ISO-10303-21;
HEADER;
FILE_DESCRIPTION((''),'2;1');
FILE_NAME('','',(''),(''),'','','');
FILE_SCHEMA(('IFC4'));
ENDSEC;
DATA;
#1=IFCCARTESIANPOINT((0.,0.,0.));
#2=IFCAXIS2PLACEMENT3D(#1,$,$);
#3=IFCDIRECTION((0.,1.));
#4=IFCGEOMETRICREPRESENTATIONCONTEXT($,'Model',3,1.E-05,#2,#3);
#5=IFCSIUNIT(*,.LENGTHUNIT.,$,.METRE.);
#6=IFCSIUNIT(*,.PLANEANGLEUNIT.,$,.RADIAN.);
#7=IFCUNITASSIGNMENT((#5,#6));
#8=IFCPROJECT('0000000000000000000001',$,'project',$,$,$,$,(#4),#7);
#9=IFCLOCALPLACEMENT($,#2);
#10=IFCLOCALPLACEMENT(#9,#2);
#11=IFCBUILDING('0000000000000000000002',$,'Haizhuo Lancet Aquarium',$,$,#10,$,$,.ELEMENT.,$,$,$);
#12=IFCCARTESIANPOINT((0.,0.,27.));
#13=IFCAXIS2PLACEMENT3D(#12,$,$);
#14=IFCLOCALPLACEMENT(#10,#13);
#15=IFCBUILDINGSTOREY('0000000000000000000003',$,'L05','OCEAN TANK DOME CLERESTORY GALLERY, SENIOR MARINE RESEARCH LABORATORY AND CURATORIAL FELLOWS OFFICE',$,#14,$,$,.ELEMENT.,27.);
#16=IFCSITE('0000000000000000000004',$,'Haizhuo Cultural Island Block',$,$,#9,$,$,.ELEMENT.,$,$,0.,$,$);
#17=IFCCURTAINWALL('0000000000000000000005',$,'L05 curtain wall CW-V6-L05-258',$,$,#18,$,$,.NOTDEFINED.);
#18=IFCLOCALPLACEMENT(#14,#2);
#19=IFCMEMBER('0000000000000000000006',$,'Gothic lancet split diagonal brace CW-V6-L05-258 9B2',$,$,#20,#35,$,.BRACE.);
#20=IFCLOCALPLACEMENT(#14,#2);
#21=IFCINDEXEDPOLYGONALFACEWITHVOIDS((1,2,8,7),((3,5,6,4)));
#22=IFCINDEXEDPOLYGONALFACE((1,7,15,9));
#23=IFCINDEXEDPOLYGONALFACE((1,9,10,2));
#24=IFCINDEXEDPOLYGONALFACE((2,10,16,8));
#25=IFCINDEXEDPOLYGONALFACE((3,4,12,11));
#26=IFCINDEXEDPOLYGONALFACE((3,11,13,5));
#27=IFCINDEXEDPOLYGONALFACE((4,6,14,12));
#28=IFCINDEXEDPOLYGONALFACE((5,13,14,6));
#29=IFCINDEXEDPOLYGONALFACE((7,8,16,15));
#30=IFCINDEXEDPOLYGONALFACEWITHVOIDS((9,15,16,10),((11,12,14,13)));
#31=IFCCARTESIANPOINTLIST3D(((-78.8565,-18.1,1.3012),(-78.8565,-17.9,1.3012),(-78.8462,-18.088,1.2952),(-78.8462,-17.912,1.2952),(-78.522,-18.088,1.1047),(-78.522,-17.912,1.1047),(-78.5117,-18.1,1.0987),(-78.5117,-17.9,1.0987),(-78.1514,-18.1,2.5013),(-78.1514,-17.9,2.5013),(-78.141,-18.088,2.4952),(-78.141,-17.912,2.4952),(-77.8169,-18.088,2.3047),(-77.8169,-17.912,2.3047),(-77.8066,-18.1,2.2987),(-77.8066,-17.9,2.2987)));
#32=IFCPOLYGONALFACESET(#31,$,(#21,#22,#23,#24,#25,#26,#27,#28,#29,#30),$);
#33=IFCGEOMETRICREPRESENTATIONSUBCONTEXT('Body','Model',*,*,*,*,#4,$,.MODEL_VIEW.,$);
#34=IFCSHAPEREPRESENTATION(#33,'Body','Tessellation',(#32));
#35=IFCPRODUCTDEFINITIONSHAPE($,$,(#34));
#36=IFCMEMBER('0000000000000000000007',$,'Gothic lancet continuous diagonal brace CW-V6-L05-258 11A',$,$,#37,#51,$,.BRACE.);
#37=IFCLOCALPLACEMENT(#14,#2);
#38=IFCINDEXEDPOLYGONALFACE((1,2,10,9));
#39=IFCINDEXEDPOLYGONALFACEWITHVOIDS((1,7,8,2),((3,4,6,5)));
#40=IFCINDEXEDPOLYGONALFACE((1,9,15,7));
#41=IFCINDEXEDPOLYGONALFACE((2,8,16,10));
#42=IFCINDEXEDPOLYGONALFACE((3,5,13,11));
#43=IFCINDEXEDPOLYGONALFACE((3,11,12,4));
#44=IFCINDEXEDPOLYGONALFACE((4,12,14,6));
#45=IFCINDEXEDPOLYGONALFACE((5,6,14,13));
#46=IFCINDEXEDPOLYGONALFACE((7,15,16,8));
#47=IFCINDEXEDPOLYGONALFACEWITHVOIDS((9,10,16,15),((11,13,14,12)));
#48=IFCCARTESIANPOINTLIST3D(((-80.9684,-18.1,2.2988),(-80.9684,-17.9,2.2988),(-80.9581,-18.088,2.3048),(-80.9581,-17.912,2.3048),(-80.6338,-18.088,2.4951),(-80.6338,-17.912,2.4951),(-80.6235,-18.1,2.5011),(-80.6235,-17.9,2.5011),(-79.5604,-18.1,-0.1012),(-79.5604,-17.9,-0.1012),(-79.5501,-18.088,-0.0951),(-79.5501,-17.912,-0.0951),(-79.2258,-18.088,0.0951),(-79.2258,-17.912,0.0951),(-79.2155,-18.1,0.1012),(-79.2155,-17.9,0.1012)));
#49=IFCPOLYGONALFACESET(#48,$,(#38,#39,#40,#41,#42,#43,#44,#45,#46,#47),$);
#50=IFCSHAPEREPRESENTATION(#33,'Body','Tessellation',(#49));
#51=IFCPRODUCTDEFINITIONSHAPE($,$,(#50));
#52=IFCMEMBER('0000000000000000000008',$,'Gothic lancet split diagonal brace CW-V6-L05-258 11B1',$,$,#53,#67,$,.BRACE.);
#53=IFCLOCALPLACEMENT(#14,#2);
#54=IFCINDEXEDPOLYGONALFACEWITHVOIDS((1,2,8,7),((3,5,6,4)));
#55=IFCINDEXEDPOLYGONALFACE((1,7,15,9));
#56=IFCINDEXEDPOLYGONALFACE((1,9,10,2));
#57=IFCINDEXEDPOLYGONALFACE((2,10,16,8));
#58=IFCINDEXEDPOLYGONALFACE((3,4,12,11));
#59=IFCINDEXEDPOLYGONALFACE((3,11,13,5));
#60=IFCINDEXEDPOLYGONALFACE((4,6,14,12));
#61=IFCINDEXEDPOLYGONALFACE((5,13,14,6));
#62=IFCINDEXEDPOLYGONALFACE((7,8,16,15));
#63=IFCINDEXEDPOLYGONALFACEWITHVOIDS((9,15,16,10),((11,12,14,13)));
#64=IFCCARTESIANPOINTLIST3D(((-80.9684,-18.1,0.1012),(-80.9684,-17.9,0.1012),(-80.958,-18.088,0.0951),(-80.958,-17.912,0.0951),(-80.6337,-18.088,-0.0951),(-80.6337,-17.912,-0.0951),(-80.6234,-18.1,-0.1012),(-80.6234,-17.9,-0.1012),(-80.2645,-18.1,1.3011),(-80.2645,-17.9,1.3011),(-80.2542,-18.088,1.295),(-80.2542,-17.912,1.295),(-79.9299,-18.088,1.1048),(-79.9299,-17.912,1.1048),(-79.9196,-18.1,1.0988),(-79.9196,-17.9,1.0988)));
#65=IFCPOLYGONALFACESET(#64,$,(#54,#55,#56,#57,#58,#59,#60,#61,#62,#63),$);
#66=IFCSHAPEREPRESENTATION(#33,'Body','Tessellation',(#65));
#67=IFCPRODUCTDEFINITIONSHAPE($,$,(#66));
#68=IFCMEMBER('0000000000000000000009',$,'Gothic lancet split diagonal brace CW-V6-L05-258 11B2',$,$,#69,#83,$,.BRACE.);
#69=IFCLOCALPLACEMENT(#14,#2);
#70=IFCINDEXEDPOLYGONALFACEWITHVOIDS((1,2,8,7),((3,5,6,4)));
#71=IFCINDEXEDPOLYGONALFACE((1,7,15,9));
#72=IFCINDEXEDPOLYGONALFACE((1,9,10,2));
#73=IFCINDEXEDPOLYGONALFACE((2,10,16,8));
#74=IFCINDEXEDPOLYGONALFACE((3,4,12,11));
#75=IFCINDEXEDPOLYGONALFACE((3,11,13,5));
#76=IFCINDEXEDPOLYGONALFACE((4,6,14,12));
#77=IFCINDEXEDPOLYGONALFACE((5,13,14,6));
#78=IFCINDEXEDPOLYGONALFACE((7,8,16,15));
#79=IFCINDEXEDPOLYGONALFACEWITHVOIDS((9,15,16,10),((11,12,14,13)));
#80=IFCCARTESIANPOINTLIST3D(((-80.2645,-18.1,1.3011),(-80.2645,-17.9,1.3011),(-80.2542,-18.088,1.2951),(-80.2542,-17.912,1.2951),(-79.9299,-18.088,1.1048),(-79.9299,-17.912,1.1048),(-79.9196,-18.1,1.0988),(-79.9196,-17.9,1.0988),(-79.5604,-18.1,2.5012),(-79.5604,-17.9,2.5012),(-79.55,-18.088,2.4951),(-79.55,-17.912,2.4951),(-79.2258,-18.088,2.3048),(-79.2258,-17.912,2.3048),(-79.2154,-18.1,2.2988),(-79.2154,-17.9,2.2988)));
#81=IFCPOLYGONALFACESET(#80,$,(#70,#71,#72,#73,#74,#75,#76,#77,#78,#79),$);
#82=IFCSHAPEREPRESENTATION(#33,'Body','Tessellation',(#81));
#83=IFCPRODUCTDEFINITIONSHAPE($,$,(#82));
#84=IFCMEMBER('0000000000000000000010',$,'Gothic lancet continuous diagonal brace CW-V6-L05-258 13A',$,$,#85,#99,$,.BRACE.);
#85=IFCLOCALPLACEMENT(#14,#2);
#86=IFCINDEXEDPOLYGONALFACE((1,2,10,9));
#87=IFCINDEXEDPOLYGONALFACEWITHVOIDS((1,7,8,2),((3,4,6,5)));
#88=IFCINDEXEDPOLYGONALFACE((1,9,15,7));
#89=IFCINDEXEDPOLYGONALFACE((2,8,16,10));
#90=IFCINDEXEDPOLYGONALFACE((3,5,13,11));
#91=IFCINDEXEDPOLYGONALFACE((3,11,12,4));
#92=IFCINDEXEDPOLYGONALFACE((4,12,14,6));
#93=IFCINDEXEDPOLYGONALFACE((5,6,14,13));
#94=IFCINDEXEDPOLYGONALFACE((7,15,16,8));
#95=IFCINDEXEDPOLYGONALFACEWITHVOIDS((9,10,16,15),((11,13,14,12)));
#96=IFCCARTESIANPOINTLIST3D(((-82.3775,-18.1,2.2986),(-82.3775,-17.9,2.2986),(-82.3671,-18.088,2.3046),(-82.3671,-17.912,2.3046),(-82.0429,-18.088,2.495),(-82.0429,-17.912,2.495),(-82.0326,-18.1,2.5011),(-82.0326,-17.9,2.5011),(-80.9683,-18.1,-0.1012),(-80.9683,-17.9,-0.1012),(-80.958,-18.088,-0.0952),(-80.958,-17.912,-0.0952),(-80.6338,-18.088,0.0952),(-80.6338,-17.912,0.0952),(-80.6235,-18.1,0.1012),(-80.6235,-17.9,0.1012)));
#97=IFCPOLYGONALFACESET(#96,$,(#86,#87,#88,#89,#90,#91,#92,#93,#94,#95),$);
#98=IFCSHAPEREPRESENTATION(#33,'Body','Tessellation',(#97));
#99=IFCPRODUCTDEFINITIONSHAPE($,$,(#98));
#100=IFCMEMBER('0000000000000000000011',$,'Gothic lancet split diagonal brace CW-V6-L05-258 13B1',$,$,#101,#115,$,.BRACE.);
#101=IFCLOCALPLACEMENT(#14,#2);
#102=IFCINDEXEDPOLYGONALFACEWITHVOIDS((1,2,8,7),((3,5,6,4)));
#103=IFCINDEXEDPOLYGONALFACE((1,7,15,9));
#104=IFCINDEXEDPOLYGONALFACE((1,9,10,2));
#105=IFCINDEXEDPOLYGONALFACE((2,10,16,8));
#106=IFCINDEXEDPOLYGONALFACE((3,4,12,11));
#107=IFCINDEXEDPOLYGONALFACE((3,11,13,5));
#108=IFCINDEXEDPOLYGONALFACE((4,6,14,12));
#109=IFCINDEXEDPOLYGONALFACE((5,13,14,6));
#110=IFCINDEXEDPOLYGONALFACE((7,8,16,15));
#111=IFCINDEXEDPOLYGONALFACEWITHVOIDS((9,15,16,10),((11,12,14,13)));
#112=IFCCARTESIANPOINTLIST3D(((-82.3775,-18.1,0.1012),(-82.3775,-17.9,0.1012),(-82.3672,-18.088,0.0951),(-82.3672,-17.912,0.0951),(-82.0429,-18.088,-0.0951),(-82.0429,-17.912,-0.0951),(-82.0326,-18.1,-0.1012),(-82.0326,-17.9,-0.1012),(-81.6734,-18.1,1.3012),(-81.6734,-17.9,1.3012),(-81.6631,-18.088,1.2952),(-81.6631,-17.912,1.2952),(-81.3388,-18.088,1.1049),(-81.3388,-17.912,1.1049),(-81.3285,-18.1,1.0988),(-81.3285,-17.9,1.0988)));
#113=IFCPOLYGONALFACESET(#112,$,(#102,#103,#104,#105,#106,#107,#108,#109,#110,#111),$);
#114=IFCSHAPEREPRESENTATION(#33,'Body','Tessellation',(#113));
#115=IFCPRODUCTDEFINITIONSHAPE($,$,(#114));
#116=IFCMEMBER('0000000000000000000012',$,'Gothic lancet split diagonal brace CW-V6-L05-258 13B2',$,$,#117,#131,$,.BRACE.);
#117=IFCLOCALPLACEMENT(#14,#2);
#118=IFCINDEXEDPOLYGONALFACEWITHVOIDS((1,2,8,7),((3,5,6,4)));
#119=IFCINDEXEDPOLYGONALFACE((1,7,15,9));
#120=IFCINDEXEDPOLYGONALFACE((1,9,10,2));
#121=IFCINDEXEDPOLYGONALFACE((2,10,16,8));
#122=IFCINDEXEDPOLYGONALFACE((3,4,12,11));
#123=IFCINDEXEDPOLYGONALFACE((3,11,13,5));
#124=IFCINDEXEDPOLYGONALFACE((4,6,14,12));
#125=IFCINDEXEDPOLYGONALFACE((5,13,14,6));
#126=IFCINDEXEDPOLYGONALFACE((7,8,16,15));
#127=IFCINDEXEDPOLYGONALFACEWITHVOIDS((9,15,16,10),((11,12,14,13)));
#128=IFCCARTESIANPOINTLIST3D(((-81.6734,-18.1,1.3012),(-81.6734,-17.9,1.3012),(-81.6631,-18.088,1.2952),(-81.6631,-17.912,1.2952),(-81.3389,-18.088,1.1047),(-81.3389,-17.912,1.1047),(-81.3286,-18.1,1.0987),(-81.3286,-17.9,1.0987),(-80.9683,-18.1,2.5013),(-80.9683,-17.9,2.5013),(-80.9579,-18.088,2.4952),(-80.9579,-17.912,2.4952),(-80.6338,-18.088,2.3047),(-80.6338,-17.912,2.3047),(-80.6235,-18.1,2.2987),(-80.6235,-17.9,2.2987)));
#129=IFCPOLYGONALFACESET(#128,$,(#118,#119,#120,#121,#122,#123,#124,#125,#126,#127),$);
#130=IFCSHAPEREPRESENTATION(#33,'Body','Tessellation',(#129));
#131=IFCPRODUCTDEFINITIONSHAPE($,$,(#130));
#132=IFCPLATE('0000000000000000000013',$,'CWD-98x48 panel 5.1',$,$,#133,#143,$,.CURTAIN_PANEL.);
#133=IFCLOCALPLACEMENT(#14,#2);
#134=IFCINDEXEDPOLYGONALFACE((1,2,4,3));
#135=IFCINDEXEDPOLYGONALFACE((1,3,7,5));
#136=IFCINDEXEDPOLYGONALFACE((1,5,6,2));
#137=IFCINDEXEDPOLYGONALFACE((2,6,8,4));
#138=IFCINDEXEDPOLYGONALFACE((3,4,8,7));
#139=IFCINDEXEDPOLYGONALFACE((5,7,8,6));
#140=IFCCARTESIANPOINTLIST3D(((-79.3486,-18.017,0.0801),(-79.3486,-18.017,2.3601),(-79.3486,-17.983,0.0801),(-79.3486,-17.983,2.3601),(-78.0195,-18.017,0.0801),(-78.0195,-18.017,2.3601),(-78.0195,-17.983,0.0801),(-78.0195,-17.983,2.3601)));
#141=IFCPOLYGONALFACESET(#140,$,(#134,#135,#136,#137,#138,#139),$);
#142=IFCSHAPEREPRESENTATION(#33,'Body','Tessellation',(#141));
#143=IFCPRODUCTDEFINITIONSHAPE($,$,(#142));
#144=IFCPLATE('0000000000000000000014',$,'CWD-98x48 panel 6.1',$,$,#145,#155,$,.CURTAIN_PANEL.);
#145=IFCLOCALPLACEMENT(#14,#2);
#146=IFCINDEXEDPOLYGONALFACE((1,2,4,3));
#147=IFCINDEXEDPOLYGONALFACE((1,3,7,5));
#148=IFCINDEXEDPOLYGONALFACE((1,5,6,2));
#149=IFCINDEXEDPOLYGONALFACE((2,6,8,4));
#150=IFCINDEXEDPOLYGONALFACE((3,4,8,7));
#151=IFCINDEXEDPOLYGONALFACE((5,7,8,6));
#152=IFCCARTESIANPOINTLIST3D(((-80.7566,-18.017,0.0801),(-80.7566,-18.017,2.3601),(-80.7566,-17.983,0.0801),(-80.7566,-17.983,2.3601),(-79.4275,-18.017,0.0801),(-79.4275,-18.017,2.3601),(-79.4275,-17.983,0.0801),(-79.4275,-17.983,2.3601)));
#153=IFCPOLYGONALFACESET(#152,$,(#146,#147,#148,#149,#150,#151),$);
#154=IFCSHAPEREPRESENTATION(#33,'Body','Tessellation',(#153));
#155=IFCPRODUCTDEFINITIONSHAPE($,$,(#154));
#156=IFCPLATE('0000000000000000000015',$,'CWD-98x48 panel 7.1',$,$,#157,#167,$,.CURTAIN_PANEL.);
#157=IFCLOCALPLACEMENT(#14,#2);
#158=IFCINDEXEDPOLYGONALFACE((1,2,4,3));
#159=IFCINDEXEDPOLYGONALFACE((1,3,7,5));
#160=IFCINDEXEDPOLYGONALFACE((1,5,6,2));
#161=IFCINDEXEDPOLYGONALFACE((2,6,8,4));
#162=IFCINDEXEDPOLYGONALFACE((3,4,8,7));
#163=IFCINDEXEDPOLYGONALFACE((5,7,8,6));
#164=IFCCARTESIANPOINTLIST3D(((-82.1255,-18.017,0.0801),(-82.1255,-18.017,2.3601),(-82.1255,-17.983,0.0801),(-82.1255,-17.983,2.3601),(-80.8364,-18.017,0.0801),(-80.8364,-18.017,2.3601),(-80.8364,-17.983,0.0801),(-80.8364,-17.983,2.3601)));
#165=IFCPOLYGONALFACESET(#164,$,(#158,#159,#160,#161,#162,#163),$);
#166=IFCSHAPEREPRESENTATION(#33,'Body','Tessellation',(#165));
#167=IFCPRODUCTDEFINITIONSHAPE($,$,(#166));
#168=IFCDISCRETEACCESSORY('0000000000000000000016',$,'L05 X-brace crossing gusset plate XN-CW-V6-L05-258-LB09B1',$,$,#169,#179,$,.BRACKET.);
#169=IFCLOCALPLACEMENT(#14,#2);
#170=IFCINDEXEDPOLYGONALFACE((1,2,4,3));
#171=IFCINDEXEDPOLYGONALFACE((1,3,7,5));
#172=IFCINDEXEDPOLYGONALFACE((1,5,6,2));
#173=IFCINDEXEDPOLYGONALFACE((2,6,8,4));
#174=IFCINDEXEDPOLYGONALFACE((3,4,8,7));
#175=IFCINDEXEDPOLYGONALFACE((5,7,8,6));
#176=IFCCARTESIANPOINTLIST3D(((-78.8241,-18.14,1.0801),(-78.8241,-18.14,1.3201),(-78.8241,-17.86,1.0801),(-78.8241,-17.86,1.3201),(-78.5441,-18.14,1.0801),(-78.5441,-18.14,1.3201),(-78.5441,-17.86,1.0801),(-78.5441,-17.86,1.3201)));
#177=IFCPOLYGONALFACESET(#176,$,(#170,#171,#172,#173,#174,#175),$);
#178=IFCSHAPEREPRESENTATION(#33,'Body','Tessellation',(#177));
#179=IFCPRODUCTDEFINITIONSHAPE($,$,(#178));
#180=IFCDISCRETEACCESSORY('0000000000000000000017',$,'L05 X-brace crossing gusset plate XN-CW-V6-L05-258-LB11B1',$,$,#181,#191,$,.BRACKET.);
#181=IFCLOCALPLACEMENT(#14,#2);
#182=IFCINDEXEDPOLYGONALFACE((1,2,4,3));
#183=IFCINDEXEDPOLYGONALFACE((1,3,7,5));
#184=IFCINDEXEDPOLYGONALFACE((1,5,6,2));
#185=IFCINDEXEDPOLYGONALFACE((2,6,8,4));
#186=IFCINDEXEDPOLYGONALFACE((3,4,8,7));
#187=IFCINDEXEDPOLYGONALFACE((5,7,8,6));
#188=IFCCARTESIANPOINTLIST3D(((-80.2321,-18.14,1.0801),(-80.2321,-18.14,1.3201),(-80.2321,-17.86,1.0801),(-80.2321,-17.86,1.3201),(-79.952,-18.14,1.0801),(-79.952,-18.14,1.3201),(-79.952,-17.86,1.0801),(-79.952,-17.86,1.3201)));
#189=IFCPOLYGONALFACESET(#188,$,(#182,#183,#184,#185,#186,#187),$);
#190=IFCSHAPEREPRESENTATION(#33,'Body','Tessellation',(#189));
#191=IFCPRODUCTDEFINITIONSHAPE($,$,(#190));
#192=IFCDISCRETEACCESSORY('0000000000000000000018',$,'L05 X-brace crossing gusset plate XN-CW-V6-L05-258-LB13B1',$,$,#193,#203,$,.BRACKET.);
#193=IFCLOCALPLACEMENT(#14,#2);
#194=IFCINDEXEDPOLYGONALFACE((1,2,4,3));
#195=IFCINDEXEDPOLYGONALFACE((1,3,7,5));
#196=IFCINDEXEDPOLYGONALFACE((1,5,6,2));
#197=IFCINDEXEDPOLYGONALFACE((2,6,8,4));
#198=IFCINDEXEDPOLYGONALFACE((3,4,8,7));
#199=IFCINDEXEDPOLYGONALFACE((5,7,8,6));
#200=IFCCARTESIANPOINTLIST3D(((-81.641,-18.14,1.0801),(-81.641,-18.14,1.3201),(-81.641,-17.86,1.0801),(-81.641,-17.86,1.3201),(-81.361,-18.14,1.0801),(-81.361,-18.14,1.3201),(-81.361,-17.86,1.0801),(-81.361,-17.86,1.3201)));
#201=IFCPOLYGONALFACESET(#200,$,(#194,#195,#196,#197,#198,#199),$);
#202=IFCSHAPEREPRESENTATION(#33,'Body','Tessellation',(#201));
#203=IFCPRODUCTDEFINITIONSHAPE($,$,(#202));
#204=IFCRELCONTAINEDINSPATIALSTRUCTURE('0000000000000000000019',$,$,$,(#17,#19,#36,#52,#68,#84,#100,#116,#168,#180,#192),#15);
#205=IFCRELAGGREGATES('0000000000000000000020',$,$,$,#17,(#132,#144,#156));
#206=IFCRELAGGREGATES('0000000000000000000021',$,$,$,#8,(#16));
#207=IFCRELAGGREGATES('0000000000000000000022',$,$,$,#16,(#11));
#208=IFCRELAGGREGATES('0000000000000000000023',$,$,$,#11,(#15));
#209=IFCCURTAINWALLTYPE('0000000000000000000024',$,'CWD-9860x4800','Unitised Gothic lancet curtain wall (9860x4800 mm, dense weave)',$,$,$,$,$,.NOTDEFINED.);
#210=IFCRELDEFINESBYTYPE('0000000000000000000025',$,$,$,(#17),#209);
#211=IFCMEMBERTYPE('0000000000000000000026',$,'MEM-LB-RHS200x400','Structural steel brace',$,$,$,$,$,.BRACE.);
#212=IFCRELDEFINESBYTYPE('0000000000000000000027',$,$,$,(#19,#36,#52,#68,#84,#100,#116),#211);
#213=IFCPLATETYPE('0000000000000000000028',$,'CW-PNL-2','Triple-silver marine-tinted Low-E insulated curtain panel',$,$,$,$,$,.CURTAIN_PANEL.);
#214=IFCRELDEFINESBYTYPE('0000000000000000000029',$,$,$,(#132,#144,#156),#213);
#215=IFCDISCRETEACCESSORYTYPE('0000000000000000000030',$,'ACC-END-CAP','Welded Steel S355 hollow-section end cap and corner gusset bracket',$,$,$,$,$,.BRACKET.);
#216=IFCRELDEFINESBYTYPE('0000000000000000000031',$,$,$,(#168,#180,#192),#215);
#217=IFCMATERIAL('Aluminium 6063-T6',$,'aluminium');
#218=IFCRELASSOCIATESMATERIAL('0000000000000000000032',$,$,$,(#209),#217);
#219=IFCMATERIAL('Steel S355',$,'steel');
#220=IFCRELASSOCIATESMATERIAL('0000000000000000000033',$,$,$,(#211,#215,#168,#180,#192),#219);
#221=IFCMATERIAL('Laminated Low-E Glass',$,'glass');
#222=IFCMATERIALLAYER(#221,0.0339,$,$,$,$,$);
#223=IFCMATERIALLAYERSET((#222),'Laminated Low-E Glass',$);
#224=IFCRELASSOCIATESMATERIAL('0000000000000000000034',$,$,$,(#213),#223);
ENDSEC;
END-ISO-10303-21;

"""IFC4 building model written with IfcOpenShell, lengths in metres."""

from ifc_helpers import new_model, si_unit, direction, frame, origin, origin_2d, place, context, subcontext, project, spatial, rectangle, hollow_rectangle, extrude, material, layer, layer_set, material_profile, profile_set, type_object, element, aggregate, save


model = new_model("IFC4")

# Units and contexts
model_context = context("Model", 3, precision=1e-05, world=origin(), true_north=direction((0.0, 1.0)))
body_context = subcontext(model_context, "Body", "Model", "MODEL_VIEW")
ifc_project = project(units=[si_unit("LENGTHUNIT", "METRE"), si_unit("PLANEANGLEUNIT", "RADIAN")], contexts=[model_context])

# Site, building, storey
site_placement = place(None, origin())
site = spatial("IfcSite", under=ifc_project, at=site_placement, Name="Haizhuo Cultural Island Block", CompositionType="ELEMENT", RefElevation=0.0)
building_placement = place(site_placement, origin())
building = spatial("IfcBuilding", under=site, at=building_placement, Name="Haizhuo Lancet Aquarium", CompositionType="ELEMENT")
storey_placement = place(building_placement, frame((0.0, 0.0, 27.0)))
storey = spatial("IfcBuildingStorey", under=building, at=storey_placement, Name="L05", Description="OCEAN TANK DOME CLERESTORY GALLERY, SENIOR MARINE RESEARCH LABORATORY AND CURATORIAL FELLOWS OFFICE", CompositionType="ELEMENT", Elevation=27.0)

# Curtain wall
ifc_material_1 = material(Name="Aluminium 6063-T6", Category="aluminium")
curtain_wall_type = type_object("IfcCurtainWallType", Name="CWD-9860x4800", Description="Unitised Gothic lancet curtain wall (9860x4800 mm, dense weave)", PredefinedType="NOTDEFINED", material=ifc_material_1)
curtain_wall_placement = place(storey_placement, origin())
curtain_wall = element("IfcCurtainWall", 1, at=curtain_wall_placement, inside=storey, type_object=curtain_wall_type, Name="L05 curtain wall CW-V6-L05-258", PredefinedType="NOTDEFINED")

# Members
ifc_material_2 = material(Name="Steel S355", Category="steel")
ifc_material_profile_1 = material_profile(ifc_material_2, hollow_rectangle(XDim=0.2, YDim=0.3999, WallThickness=0.012, at=origin_2d()), Name="RHS 200x400x12")
ifc_profile_set_1 = profile_set([ifc_material_profile_1], Name="Steel S355")
member_type_1 = type_object("IfcMemberType", Name="MEM-LB-RHS200x400", Description="Structural steel brace", PredefinedType="BRACE", material=ifc_profile_set_1)
member_1_placement = place(storey_placement, frame((-78.6841, -18.0, 1.2), z_axis=(0.506606, 0.0, 0.862178), x_axis=(0.0, 1.0, 0.0)))
element("IfcMember", 2, at=member_1_placement, inside=storey, type_object=member_type_1, Name="Gothic lancet split diagonal brace CW-V6-L05-258 9B2", PredefinedType="BRACE", context=body_context, shape_type="SweptSolid", body=[
    extrude(hollow_rectangle(XDim=0.2, YDim=0.3999, WallThickness=0.012, at=origin_2d()), origin(), (0.0, 0.0, 1.0), 1.3918),
])
member_2_placement = place(storey_placement, frame((-79.3879, -18.0, 0.0), z_axis=(-0.506019, 0.0, 0.862522), x_axis=(0.0, -1.0, 0.0)))
element("IfcMember", 3, at=member_2_placement, inside=storey, type_object=member_type_1, Name="Gothic lancet continuous diagonal brace CW-V6-L05-258 11A", PredefinedType="BRACE", context=body_context, shape_type="SweptSolid", body=[
    extrude(hollow_rectangle(XDim=0.2, YDim=0.3999, WallThickness=0.012, at=origin_2d()), origin(), (0.0, 0.0, 1.0), 2.7825),
])
member_3_placement = place(storey_placement, frame((-80.7959, -18.0, 0.0), z_axis=(0.505954, 0.0, 0.862561), x_axis=(0.0, 1.0, 0.0)))
element("IfcMember", 4, at=member_3_placement, inside=storey, type_object=member_type_1, Name="Gothic lancet split diagonal brace CW-V6-L05-258 11B1", PredefinedType="BRACE", context=body_context, shape_type="SweptSolid", body=[
    extrude(hollow_rectangle(XDim=0.2, YDim=0.3999, WallThickness=0.012, at=origin_2d()), origin(), (0.0, 0.0, 1.0), 1.3911),
])
member_4_placement = place(storey_placement, frame((-80.092, -18.0, 1.2), z_axis=(0.506084, 0.0, 0.862484), x_axis=(0.0, 1.0, 0.0)))
element("IfcMember", 5, at=member_4_placement, inside=storey, type_object=member_type_1, Name="Gothic lancet split diagonal brace CW-V6-L05-258 11B2", PredefinedType="BRACE", context=body_context, shape_type="SweptSolid", body=[
    extrude(hollow_rectangle(XDim=0.2, YDim=0.3999, WallThickness=0.012, at=origin_2d()), origin(), (0.0, 0.0, 1.0), 1.3914),
])
member_5_placement = place(storey_placement, frame((-80.7959, -18.0, 0.0), z_axis=(-0.506345, 0.0, 0.862331), x_axis=(0.0, -1.0, 0.0)))
element("IfcMember", 6, at=member_5_placement, inside=storey, type_object=member_type_1, Name="Gothic lancet continuous diagonal brace CW-V6-L05-258 13A", PredefinedType="BRACE", context=body_context, shape_type="SweptSolid", body=[
    extrude(hollow_rectangle(XDim=0.2, YDim=0.3999, WallThickness=0.012, at=origin_2d()), origin(), (0.0, 0.0, 1.0), 2.783),
])
member_6_placement = place(storey_placement, frame((-82.2051, -18.0, 0.0), z_axis=(0.506084, 0.0, 0.862484), x_axis=(0.0, 1.0, 0.0)))
element("IfcMember", 7, at=member_6_placement, inside=storey, type_object=member_type_1, Name="Gothic lancet split diagonal brace CW-V6-L05-258 13B1", PredefinedType="BRACE", context=body_context, shape_type="SweptSolid", body=[
    extrude(hollow_rectangle(XDim=0.2, YDim=0.3999, WallThickness=0.012, at=origin_2d()), origin(), (0.0, 0.0, 1.0), 1.3914),
])
member_7_placement = place(storey_placement, frame((-81.501, -18.0, 1.2), z_axis=(0.506606, 0.0, 0.862178), x_axis=(0.0, 1.0, 0.0)))
element("IfcMember", 8, at=member_7_placement, inside=storey, type_object=member_type_1, Name="Gothic lancet split diagonal brace CW-V6-L05-258 13B2", PredefinedType="BRACE", context=body_context, shape_type="SweptSolid", body=[
    extrude(hollow_rectangle(XDim=0.2, YDim=0.3999, WallThickness=0.012, at=origin_2d()), origin(), (0.0, 0.0, 1.0), 1.3918),
])

# Plates
ifc_material_3 = material(Name="Laminated Low-E Glass", Category="glass")
ifc_layer = layer(ifc_material_3, 0.0339)
ifc_layer_set = layer_set([ifc_layer], Name="Laminated Low-E Glass")
plate_type = type_object("IfcPlateType", Name="CW-PNL-2", Description="Triple-silver marine-tinted Low-E insulated curtain panel", PredefinedType="CURTAIN_PANEL", material=ifc_layer_set)
plate_1_placement = place(storey_placement, frame((-78.6841, -18.0, 0.0801), z_axis=(0.0, 0.0, 1.0), x_axis=(-1.0, 0.0, 0.0)))
plate_1 = element("IfcPlate", 9, at=plate_1_placement, type_object=plate_type, Name="CWD-98x48 panel 5.1", PredefinedType="CURTAIN_PANEL", context=body_context, shape_type="SweptSolid", body=[
    extrude(rectangle(XDim=1.3291, YDim=0.0339, at=origin_2d()), origin(), (0.0, 0.0, 1.0), 2.28),
])
plate_2_placement = place(storey_placement, frame((-80.092, -18.0, 0.0801), z_axis=(0.0, 0.0, 1.0), x_axis=(-1.0, 0.0, 0.0)))
plate_2 = element("IfcPlate", 10, at=plate_2_placement, type_object=plate_type, Name="CWD-98x48 panel 6.1", PredefinedType="CURTAIN_PANEL", context=body_context, shape_type="SweptSolid", body=[
    extrude(rectangle(XDim=1.3291, YDim=0.0339, at=origin_2d()), origin(), (0.0, 0.0, 1.0), 2.28),
])
plate_3_placement = place(storey_placement, frame((-81.481, -18.0, 0.0801), z_axis=(0.0, 0.0, 1.0), x_axis=(-1.0, 0.0, 0.0)))
plate_3 = element("IfcPlate", 11, at=plate_3_placement, type_object=plate_type, Name="CWD-98x48 panel 7.1", PredefinedType="CURTAIN_PANEL", context=body_context, shape_type="SweptSolid", body=[
    extrude(rectangle(XDim=1.2891, YDim=0.0339, at=origin_2d()), origin(), (0.0, 0.0, 1.0), 2.28),
])
aggregate(curtain_wall, [plate_1, plate_2, plate_3])

# Discrete accessories
discrete_accessory_type = type_object("IfcDiscreteAccessoryType", Name="ACC-END-CAP", Description="Welded Steel S355 hollow-section end cap and corner gusset bracket", PredefinedType="BRACKET", material=ifc_material_2)
for number, where, z_axis, x_axis, name in (
    (12, (-78.6841, -18.0, 1.0801), (0.0, 0.0, 1.0), (1.0, 0.0, 0.0), "L05 X-brace crossing gusset plate XN-CW-V6-L05-258-LB09B1"),
    (13, (-80.092, -18.0, 1.0801), (0.0, 0.0, 1.0), (1.0, 0.0, 0.0), "L05 X-brace crossing gusset plate XN-CW-V6-L05-258-LB11B1"),
    (14, (-81.501, -18.0, 1.0801), (0.0, 0.0, 1.0), (1.0, 0.0, 0.0), "L05 X-brace crossing gusset plate XN-CW-V6-L05-258-LB13B1"),
):
    element("IfcDiscreteAccessory", number, at=place(storey_placement, frame(where, z_axis=z_axis, x_axis=x_axis)), inside=storey, type_object=discrete_accessory_type, material=ifc_material_2, Name=name, PredefinedType="BRACKET", context=body_context, shape_type="SweptSolid", body=[
        extrude(rectangle(XDim=0.28, YDim=0.28, at=origin_2d()), origin(), (0.0, 0.0, 1.0), 0.24),
    ])

save(model, "model.ifc")
